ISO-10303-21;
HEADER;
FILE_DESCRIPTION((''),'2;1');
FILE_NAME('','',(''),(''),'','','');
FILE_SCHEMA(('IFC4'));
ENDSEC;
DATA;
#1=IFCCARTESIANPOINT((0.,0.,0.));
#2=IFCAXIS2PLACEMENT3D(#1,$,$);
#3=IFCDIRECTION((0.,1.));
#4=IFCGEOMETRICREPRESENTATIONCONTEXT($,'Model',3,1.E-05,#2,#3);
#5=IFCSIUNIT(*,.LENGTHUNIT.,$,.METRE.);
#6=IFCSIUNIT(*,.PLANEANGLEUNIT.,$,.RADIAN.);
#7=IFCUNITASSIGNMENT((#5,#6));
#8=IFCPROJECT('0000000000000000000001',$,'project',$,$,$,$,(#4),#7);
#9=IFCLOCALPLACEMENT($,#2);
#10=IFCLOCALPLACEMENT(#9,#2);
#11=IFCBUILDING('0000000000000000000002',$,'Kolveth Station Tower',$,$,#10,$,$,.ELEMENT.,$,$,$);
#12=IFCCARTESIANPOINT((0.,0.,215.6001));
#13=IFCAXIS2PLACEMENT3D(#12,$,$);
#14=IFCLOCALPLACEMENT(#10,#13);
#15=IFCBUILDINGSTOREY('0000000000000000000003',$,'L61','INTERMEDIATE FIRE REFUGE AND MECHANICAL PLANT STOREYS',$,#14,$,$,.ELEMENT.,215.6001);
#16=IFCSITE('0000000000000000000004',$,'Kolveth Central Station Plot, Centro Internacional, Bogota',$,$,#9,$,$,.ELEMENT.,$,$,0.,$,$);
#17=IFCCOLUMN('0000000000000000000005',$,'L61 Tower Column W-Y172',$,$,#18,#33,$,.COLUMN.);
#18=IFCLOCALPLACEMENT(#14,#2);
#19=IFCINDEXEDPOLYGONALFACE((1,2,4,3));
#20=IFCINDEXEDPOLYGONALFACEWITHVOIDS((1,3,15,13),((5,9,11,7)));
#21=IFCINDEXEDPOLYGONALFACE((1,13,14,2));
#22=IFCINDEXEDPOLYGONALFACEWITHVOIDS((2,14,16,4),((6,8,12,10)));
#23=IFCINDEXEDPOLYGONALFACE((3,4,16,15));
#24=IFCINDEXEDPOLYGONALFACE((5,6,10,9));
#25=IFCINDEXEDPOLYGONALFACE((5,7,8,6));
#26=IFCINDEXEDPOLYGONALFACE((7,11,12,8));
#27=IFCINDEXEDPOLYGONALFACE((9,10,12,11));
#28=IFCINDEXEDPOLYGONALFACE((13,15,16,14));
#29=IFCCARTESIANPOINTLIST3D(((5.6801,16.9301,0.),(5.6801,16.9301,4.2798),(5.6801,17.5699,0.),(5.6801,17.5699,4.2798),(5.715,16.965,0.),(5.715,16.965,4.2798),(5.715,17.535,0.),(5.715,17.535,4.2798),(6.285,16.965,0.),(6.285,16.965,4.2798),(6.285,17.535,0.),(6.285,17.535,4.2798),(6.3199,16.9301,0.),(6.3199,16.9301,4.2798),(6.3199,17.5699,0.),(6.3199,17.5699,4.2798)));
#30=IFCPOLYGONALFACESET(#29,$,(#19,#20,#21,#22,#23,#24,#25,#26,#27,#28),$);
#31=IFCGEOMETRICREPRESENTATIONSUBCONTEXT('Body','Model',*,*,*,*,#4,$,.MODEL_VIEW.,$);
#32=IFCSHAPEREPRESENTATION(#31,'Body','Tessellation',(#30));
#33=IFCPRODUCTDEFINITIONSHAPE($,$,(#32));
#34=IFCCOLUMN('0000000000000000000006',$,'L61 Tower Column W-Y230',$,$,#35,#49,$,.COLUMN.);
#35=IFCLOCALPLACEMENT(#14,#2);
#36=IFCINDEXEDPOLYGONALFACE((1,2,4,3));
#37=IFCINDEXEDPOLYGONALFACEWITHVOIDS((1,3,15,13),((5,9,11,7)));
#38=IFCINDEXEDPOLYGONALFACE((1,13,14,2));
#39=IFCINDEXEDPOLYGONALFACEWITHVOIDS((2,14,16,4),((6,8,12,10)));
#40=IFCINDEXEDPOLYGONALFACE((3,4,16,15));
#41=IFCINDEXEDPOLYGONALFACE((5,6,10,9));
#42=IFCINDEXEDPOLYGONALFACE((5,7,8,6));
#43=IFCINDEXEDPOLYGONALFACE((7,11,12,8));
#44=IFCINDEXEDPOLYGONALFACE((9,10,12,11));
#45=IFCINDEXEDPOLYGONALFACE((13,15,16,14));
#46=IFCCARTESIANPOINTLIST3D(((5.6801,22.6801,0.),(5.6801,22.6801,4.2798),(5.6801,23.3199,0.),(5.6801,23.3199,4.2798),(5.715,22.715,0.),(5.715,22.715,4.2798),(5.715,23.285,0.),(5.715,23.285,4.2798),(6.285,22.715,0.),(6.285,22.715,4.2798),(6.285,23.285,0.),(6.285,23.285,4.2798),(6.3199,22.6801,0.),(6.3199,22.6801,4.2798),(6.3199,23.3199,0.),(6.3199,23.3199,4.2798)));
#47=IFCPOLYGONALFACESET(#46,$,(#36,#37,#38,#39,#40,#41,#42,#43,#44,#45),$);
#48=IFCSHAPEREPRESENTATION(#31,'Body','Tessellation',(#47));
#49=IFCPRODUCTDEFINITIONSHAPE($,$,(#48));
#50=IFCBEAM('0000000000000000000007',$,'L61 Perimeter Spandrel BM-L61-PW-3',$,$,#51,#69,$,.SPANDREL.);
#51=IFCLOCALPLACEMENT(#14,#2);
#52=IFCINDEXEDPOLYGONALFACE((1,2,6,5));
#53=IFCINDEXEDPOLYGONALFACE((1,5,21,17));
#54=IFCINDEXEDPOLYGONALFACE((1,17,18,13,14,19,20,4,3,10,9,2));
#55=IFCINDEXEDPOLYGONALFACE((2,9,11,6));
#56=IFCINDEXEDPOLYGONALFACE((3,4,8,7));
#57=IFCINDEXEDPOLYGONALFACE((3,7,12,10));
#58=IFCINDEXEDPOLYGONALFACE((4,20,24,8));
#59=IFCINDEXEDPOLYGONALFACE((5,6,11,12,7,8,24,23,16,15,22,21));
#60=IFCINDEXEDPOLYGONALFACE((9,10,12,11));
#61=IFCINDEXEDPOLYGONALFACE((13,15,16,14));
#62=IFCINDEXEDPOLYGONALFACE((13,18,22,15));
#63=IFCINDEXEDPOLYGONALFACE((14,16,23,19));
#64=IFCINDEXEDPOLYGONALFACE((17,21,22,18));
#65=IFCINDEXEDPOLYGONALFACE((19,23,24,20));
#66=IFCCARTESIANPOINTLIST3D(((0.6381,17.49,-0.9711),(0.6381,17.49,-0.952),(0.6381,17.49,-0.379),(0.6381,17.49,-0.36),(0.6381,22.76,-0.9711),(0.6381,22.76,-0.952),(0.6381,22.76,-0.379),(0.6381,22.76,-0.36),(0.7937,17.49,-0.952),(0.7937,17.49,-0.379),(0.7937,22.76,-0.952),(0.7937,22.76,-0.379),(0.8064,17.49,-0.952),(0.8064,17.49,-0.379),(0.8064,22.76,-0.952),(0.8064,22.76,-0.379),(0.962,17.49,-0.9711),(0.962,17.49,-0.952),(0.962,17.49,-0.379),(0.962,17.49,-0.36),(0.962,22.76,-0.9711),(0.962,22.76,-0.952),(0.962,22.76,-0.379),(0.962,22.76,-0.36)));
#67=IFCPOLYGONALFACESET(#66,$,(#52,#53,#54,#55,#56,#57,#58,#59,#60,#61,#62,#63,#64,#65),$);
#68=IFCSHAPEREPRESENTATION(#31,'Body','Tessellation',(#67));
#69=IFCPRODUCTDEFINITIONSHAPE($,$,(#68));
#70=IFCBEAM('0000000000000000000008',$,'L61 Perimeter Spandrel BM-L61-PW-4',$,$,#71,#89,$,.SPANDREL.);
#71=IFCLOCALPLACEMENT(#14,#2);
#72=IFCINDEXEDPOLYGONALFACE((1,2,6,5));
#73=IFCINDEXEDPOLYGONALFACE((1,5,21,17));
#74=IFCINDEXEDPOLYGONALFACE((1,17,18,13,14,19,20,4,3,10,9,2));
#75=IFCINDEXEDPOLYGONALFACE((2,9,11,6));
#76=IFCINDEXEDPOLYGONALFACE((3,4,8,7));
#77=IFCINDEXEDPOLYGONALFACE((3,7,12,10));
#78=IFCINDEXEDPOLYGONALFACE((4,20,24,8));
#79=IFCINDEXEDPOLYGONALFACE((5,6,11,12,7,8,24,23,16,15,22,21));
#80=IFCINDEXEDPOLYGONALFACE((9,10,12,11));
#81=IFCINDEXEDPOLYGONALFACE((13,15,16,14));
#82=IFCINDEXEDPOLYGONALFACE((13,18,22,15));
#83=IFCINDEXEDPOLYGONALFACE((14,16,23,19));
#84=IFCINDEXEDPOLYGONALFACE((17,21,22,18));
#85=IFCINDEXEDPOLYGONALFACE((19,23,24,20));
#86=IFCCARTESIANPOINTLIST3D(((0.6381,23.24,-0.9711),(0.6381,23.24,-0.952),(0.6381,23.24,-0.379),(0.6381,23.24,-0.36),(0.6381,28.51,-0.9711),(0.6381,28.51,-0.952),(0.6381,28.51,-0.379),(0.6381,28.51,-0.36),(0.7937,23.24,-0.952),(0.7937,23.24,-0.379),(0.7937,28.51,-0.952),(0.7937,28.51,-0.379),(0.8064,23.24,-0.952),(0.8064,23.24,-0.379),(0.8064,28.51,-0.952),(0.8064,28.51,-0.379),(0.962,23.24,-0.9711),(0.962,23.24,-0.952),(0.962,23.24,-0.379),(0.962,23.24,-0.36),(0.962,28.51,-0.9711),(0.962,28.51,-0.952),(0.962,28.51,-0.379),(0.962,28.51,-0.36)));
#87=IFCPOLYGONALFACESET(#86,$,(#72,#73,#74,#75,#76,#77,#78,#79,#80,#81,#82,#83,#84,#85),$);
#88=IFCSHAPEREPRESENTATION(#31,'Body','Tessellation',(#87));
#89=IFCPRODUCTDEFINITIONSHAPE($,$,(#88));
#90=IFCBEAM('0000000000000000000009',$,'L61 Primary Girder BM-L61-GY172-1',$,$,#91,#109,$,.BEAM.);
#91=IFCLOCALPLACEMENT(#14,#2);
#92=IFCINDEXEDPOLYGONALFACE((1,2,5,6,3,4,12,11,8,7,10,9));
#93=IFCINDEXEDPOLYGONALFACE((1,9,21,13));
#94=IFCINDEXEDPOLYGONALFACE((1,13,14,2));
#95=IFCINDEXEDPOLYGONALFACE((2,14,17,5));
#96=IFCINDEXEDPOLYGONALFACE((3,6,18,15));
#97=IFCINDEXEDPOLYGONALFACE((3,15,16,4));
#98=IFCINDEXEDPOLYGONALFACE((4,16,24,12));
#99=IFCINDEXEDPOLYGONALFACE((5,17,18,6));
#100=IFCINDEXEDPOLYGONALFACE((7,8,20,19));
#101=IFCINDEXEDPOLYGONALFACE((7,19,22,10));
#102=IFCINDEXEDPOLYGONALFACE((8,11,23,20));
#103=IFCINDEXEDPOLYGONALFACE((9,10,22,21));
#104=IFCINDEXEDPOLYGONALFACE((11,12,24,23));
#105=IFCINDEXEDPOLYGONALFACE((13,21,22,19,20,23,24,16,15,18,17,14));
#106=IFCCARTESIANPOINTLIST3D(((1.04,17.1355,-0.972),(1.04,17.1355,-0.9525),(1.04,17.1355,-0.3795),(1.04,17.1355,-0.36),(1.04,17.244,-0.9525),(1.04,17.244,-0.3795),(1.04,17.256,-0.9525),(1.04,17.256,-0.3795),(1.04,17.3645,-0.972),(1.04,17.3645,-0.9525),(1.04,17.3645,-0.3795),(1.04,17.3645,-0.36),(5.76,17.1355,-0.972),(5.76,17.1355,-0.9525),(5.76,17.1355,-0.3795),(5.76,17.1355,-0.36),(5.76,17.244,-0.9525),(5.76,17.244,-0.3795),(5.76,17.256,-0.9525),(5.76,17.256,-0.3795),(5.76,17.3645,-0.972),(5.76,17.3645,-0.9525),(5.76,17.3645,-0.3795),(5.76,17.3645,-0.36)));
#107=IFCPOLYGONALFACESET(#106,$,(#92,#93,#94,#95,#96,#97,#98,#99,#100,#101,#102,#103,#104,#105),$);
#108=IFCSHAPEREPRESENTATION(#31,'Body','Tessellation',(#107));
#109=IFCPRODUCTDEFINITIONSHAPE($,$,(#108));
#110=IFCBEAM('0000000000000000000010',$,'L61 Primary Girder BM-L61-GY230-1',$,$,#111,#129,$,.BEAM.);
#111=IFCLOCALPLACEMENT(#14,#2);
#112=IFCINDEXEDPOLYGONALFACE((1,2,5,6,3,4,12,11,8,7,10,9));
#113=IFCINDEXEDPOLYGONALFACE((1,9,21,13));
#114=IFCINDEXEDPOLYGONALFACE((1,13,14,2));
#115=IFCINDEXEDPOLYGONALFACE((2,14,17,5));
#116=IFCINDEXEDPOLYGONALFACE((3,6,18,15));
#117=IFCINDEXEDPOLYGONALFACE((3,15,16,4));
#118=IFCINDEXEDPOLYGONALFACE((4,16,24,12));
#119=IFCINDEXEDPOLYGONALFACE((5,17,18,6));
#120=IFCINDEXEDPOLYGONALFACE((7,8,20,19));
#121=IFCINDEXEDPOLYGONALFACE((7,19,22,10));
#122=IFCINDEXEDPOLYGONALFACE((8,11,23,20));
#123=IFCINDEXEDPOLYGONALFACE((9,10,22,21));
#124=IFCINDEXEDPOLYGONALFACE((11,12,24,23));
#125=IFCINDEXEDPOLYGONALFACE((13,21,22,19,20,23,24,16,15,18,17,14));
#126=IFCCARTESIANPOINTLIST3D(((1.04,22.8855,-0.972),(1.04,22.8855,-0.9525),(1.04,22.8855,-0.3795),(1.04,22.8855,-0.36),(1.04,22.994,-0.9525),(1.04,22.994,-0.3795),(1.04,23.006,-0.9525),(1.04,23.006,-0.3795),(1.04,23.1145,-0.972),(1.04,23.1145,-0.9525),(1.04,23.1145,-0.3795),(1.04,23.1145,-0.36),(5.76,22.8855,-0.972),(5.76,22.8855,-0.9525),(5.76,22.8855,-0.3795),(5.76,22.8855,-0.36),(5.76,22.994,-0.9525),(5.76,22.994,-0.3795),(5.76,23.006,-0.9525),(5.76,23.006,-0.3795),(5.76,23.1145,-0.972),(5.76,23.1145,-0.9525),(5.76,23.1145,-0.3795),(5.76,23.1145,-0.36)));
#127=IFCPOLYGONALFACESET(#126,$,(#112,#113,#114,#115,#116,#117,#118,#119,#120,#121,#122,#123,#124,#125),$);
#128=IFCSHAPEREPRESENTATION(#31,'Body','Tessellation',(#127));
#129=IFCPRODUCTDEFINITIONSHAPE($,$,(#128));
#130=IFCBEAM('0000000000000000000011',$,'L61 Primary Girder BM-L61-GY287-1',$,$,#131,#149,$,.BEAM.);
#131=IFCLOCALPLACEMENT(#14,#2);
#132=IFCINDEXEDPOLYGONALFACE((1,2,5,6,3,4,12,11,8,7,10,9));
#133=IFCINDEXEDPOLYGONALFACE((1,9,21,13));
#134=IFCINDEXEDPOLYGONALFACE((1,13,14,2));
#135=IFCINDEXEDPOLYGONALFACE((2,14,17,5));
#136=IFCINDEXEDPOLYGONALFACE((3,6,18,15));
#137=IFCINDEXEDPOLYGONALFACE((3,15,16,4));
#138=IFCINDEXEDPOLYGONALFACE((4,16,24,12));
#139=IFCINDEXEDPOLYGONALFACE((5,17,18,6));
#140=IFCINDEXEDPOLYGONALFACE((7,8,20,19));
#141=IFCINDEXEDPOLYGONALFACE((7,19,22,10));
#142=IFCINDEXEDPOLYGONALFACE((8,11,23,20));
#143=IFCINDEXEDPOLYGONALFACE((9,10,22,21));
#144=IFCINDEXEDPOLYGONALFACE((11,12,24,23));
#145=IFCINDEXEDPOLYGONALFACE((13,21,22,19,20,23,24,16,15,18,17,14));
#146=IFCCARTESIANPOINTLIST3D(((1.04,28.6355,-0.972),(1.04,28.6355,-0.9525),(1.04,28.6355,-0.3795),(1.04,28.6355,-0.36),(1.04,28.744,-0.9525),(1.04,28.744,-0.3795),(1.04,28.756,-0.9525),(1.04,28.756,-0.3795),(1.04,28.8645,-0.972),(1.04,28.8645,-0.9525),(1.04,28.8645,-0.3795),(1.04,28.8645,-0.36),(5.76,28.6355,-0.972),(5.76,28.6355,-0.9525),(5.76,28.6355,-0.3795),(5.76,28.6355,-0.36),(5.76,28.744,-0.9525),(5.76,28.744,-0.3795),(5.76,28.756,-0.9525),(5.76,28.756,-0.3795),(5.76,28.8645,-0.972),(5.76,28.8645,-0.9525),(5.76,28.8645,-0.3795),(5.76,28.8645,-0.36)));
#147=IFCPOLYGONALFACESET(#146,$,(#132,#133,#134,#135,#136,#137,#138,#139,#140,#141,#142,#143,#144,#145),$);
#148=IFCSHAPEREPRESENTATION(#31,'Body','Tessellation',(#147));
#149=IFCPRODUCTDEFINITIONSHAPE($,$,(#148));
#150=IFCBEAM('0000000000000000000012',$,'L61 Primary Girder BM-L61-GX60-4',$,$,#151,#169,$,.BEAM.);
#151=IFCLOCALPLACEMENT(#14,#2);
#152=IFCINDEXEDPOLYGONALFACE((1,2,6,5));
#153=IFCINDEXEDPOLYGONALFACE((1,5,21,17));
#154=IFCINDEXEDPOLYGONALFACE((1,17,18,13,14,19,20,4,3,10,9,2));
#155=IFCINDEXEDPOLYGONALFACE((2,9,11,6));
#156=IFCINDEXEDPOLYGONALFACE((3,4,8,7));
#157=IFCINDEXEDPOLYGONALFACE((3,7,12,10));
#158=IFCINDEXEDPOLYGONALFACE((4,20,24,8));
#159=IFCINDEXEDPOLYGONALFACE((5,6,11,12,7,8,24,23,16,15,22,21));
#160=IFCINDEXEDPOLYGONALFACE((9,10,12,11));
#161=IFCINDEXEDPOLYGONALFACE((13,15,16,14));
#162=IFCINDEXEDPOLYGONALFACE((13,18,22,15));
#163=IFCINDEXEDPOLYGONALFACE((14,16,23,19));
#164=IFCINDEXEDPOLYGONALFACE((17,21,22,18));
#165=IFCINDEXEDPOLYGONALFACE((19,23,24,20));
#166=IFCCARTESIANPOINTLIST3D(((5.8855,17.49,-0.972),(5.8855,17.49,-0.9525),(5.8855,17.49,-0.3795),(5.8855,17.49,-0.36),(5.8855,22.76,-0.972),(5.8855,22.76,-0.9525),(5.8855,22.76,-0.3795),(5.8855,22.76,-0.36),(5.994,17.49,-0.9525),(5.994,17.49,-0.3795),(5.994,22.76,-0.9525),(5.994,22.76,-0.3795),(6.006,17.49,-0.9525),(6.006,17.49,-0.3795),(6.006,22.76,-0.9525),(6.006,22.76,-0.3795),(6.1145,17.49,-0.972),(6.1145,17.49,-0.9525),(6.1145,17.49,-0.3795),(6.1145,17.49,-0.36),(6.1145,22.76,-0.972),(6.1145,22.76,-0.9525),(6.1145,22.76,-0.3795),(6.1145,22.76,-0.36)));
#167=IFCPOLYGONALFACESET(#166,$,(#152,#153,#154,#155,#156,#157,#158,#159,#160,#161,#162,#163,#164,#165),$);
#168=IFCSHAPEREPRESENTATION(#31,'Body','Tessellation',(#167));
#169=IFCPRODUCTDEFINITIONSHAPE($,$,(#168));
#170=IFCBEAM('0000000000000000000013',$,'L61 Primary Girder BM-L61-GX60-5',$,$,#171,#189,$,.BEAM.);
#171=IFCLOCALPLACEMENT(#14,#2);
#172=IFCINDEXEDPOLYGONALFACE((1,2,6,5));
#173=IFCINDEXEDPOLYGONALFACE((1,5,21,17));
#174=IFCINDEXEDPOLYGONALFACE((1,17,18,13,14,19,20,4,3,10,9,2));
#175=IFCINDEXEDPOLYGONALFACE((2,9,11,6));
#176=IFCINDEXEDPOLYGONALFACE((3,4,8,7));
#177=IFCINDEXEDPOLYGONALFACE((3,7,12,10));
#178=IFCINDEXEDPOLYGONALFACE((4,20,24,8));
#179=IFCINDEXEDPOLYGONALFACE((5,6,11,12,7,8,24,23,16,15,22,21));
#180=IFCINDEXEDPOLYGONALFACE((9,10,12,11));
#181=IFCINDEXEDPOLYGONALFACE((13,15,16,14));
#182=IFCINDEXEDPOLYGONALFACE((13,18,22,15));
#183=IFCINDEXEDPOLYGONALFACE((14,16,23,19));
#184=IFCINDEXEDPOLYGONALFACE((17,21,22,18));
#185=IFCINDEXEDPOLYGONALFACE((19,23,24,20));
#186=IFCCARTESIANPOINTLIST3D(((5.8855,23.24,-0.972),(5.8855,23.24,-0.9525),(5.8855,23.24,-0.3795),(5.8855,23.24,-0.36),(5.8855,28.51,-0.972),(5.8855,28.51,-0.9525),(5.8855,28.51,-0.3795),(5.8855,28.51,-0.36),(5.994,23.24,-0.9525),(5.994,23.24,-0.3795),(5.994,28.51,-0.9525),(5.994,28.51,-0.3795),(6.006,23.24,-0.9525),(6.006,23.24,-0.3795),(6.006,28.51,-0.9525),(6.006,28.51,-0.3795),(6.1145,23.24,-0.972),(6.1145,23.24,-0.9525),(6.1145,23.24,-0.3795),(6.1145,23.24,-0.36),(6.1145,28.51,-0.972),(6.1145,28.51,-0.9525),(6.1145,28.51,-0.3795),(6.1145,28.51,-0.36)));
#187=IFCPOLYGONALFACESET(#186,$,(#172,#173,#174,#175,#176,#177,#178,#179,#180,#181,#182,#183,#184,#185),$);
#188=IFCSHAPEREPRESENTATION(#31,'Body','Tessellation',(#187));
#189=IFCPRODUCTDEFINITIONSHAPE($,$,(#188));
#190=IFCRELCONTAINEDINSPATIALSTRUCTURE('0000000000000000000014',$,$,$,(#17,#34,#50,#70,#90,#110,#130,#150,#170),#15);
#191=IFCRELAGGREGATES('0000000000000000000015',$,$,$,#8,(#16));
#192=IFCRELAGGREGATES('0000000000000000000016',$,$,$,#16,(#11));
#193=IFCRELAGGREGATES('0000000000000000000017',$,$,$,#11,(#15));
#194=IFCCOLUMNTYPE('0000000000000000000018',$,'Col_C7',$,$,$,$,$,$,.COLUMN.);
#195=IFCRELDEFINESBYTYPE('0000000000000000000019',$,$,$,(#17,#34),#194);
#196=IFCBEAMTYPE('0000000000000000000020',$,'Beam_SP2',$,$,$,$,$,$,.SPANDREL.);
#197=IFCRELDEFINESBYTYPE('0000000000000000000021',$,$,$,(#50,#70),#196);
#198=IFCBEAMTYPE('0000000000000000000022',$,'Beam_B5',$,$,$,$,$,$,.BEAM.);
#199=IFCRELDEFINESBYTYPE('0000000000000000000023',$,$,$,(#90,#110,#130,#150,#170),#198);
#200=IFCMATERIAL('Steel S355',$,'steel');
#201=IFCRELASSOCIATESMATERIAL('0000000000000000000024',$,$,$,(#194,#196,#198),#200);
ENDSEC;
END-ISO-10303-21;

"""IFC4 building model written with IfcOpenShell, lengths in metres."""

from ifc_helpers import new_model, si_unit, direction, frame, origin, origin_2d, place, context, subcontext, project, spatial, hollow_rectangle, i_section, extrude, source, transform, mapped, material, material_profile, profile_set, type_object, element, save


model = new_model("IFC4")

# Units and contexts
model_context = context("Model", 3, precision=1e-05, world=origin(), true_north=direction((0.0, 1.0)))
body_context = subcontext(model_context, "Body", "Model", "MODEL_VIEW")
ifc_project = project(units=[si_unit("LENGTHUNIT", "METRE"), si_unit("PLANEANGLEUNIT", "RADIAN")], contexts=[model_context])

# Site, building, storey
site_placement = place(None, origin())
site = spatial("IfcSite", under=ifc_project, at=site_placement, Name="Kolveth Central Station Plot, Centro Internacional, Bogota", CompositionType="ELEMENT", RefElevation=0.0)
building_placement = place(site_placement, origin())
building = spatial("IfcBuilding", under=site, at=building_placement, Name="Kolveth Station Tower", CompositionType="ELEMENT")
storey_placement = place(building_placement, frame((0.0, 0.0, 215.6001)))
storey = spatial("IfcBuildingStorey", under=building, at=storey_placement, Name="L61", Description="INTERMEDIATE FIRE REFUGE AND MECHANICAL PLANT STOREYS", CompositionType="ELEMENT", Elevation=215.6001)

# Columns
ifc_material_1 = material(Name="Steel S355", Category="steel")
ifc_material_profile_1 = material_profile(ifc_material_1, hollow_rectangle(XDim=0.6399, YDim=0.6399, WallThickness=0.0349, at=origin_2d()), Name="BOX640x640x35")
ifc_profile_set_1 = profile_set([ifc_material_profile_1], Name="Steel S355")
column_type = type_object("IfcColumnType", Name="Col_C7", PredefinedType="COLUMN", material=ifc_profile_set_1)
shared_shape_1 = source(origin(), body_context, "Body", "SweptSolid", [
    extrude(hollow_rectangle(XDim=0.6399, YDim=0.6399, WallThickness=0.0349, at=origin_2d()), origin(), (0.0, 0.0, 1.0), 4.2798),
])
for number, where, z_axis, x_axis, name in (
    (1, (6.0, 17.25, 0.0), (0.0, 0.0, 1.0), (1.0, 0.0, 0.0), "L61 Tower Column W-Y172"),
    (2, (6.0, 23.0, 0.0), (0.0, 0.0, 1.0), (1.0, 0.0, 0.0), "L61 Tower Column W-Y230"),
):
    element("IfcColumn", number, at=place(storey_placement, frame(where, z_axis=z_axis, x_axis=x_axis)), inside=storey, type_object=column_type, Name=name, PredefinedType="COLUMN", context=body_context, shape_type="MappedRepresentation", body=[
        mapped(shared_shape_1, transform((0.0, 0.0, 0.0), x_axis=(1.0, 0.0, 0.0), y_axis=(0.0, 1.0, 0.0), z_axis=(0.0, 0.0, 1.0), scale=1.0)),
    ])

# Beams
ifc_material_profile_2 = material_profile(ifc_material_1, i_section(OverallWidth=0.324, OverallDepth=0.6111, WebThickness=0.0127, FlangeThickness=0.019, at=origin_2d()), Name="W610x155")
ifc_profile_set_2 = profile_set([ifc_material_profile_2], Name="Steel S355")
beam_type_1 = type_object("IfcBeamType", Name="Beam_SP2", PredefinedType="SPANDREL", material=ifc_profile_set_2)
shared_shape_2 = source(origin(), body_context, "Body", "SweptSolid", [
    extrude(i_section(OverallWidth=0.324, OverallDepth=0.6111, WebThickness=0.0127, FlangeThickness=0.019, at=origin_2d()), origin(), (0.0, 0.0, 1.0), 5.27),
])
for number, where, z_axis, x_axis, name in (
    (3, (0.8, 17.49, -0.6655), (0.0, 1.0, 0.0), (-1.0, 0.0, 0.0), "L61 Perimeter Spandrel BM-L61-PW-3"),
    (4, (0.8, 23.24, -0.6655), (0.0, 1.0, 0.0), (-1.0, 0.0, 0.0), "L61 Perimeter Spandrel BM-L61-PW-4"),
):
    element("IfcBeam", number, at=place(storey_placement, frame(where, z_axis=z_axis, x_axis=x_axis)), inside=storey, type_object=beam_type_1, Name=name, PredefinedType="SPANDREL", context=body_context, shape_type="MappedRepresentation", body=[
        mapped(shared_shape_2, transform((0.0, 0.0, 0.0), x_axis=(1.0, 0.0, 0.0), y_axis=(0.0, 1.0, 0.0), z_axis=(0.0, 0.0, 1.0), scale=1.0)),
    ])
ifc_material_profile_3 = material_profile(ifc_material_1, i_section(OverallWidth=0.229, OverallDepth=0.6121, WebThickness=0.012, FlangeThickness=0.0195, at=origin_2d()), Name="W610x125")
ifc_profile_set_3 = profile_set([ifc_material_profile_3], Name="Steel S355")
beam_type_2 = type_object("IfcBeamType", Name="Beam_B5", PredefinedType="BEAM", material=ifc_profile_set_3)
shared_shape_3 = source(origin(), body_context, "Body", "SweptSolid", [
    extrude(i_section(OverallWidth=0.229, OverallDepth=0.6121, WebThickness=0.012, FlangeThickness=0.0195, at=origin_2d()), origin(), (0.0, 0.0, 1.0), 4.72),
])
for number, where, z_axis, x_axis, name in (
    (5, (1.04, 17.25, -0.666), (1.0, 0.0, 0.0), (0.0, 1.0, 0.0), "L61 Primary Girder BM-L61-GY172-1"),
    (6, (1.04, 23.0, -0.666), (1.0, 0.0, 0.0), (0.0, 1.0, 0.0), "L61 Primary Girder BM-L61-GY230-1"),
    (7, (1.04, 28.75, -0.666), (1.0, 0.0, 0.0), (0.0, 1.0, 0.0), "L61 Primary Girder BM-L61-GY287-1"),
):
    element("IfcBeam", number, at=place(storey_placement, frame(where, z_axis=z_axis, x_axis=x_axis)), inside=storey, type_object=beam_type_2, Name=name, PredefinedType="BEAM", context=body_context, shape_type="MappedRepresentation", body=[
        mapped(shared_shape_3, transform((0.0, 0.0, 0.0), x_axis=(1.0, 0.0, 0.0), y_axis=(0.0, 1.0, 0.0), z_axis=(0.0, 0.0, 1.0), scale=1.0)),
    ])
shared_shape_4 = source(origin(), body_context, "Body", "SweptSolid", [
    extrude(i_section(OverallWidth=0.229, OverallDepth=0.6121, WebThickness=0.012, FlangeThickness=0.0195, at=origin_2d()), origin(), (0.0, 0.0, 1.0), 5.27),
])
for number, where, z_axis, x_axis, name in (
    (8, (6.0, 17.49, -0.666), (0.0, 1.0, 0.0), (-1.0, 0.0, 0.0), "L61 Primary Girder BM-L61-GX60-4"),
    (9, (6.0, 23.24, -0.666), (0.0, 1.0, 0.0), (-1.0, 0.0, 0.0), "L61 Primary Girder BM-L61-GX60-5"),
):
    element("IfcBeam", number, at=place(storey_placement, frame(where, z_axis=z_axis, x_axis=x_axis)), inside=storey, type_object=beam_type_2, Name=name, PredefinedType="BEAM", context=body_context, shape_type="MappedRepresentation", body=[
        mapped(shared_shape_4, transform((0.0, 0.0, 0.0), x_axis=(1.0, 0.0, 0.0), y_axis=(0.0, 1.0, 0.0), z_axis=(0.0, 0.0, 1.0), scale=1.0)),
    ])

save(model, "model.ifc")
